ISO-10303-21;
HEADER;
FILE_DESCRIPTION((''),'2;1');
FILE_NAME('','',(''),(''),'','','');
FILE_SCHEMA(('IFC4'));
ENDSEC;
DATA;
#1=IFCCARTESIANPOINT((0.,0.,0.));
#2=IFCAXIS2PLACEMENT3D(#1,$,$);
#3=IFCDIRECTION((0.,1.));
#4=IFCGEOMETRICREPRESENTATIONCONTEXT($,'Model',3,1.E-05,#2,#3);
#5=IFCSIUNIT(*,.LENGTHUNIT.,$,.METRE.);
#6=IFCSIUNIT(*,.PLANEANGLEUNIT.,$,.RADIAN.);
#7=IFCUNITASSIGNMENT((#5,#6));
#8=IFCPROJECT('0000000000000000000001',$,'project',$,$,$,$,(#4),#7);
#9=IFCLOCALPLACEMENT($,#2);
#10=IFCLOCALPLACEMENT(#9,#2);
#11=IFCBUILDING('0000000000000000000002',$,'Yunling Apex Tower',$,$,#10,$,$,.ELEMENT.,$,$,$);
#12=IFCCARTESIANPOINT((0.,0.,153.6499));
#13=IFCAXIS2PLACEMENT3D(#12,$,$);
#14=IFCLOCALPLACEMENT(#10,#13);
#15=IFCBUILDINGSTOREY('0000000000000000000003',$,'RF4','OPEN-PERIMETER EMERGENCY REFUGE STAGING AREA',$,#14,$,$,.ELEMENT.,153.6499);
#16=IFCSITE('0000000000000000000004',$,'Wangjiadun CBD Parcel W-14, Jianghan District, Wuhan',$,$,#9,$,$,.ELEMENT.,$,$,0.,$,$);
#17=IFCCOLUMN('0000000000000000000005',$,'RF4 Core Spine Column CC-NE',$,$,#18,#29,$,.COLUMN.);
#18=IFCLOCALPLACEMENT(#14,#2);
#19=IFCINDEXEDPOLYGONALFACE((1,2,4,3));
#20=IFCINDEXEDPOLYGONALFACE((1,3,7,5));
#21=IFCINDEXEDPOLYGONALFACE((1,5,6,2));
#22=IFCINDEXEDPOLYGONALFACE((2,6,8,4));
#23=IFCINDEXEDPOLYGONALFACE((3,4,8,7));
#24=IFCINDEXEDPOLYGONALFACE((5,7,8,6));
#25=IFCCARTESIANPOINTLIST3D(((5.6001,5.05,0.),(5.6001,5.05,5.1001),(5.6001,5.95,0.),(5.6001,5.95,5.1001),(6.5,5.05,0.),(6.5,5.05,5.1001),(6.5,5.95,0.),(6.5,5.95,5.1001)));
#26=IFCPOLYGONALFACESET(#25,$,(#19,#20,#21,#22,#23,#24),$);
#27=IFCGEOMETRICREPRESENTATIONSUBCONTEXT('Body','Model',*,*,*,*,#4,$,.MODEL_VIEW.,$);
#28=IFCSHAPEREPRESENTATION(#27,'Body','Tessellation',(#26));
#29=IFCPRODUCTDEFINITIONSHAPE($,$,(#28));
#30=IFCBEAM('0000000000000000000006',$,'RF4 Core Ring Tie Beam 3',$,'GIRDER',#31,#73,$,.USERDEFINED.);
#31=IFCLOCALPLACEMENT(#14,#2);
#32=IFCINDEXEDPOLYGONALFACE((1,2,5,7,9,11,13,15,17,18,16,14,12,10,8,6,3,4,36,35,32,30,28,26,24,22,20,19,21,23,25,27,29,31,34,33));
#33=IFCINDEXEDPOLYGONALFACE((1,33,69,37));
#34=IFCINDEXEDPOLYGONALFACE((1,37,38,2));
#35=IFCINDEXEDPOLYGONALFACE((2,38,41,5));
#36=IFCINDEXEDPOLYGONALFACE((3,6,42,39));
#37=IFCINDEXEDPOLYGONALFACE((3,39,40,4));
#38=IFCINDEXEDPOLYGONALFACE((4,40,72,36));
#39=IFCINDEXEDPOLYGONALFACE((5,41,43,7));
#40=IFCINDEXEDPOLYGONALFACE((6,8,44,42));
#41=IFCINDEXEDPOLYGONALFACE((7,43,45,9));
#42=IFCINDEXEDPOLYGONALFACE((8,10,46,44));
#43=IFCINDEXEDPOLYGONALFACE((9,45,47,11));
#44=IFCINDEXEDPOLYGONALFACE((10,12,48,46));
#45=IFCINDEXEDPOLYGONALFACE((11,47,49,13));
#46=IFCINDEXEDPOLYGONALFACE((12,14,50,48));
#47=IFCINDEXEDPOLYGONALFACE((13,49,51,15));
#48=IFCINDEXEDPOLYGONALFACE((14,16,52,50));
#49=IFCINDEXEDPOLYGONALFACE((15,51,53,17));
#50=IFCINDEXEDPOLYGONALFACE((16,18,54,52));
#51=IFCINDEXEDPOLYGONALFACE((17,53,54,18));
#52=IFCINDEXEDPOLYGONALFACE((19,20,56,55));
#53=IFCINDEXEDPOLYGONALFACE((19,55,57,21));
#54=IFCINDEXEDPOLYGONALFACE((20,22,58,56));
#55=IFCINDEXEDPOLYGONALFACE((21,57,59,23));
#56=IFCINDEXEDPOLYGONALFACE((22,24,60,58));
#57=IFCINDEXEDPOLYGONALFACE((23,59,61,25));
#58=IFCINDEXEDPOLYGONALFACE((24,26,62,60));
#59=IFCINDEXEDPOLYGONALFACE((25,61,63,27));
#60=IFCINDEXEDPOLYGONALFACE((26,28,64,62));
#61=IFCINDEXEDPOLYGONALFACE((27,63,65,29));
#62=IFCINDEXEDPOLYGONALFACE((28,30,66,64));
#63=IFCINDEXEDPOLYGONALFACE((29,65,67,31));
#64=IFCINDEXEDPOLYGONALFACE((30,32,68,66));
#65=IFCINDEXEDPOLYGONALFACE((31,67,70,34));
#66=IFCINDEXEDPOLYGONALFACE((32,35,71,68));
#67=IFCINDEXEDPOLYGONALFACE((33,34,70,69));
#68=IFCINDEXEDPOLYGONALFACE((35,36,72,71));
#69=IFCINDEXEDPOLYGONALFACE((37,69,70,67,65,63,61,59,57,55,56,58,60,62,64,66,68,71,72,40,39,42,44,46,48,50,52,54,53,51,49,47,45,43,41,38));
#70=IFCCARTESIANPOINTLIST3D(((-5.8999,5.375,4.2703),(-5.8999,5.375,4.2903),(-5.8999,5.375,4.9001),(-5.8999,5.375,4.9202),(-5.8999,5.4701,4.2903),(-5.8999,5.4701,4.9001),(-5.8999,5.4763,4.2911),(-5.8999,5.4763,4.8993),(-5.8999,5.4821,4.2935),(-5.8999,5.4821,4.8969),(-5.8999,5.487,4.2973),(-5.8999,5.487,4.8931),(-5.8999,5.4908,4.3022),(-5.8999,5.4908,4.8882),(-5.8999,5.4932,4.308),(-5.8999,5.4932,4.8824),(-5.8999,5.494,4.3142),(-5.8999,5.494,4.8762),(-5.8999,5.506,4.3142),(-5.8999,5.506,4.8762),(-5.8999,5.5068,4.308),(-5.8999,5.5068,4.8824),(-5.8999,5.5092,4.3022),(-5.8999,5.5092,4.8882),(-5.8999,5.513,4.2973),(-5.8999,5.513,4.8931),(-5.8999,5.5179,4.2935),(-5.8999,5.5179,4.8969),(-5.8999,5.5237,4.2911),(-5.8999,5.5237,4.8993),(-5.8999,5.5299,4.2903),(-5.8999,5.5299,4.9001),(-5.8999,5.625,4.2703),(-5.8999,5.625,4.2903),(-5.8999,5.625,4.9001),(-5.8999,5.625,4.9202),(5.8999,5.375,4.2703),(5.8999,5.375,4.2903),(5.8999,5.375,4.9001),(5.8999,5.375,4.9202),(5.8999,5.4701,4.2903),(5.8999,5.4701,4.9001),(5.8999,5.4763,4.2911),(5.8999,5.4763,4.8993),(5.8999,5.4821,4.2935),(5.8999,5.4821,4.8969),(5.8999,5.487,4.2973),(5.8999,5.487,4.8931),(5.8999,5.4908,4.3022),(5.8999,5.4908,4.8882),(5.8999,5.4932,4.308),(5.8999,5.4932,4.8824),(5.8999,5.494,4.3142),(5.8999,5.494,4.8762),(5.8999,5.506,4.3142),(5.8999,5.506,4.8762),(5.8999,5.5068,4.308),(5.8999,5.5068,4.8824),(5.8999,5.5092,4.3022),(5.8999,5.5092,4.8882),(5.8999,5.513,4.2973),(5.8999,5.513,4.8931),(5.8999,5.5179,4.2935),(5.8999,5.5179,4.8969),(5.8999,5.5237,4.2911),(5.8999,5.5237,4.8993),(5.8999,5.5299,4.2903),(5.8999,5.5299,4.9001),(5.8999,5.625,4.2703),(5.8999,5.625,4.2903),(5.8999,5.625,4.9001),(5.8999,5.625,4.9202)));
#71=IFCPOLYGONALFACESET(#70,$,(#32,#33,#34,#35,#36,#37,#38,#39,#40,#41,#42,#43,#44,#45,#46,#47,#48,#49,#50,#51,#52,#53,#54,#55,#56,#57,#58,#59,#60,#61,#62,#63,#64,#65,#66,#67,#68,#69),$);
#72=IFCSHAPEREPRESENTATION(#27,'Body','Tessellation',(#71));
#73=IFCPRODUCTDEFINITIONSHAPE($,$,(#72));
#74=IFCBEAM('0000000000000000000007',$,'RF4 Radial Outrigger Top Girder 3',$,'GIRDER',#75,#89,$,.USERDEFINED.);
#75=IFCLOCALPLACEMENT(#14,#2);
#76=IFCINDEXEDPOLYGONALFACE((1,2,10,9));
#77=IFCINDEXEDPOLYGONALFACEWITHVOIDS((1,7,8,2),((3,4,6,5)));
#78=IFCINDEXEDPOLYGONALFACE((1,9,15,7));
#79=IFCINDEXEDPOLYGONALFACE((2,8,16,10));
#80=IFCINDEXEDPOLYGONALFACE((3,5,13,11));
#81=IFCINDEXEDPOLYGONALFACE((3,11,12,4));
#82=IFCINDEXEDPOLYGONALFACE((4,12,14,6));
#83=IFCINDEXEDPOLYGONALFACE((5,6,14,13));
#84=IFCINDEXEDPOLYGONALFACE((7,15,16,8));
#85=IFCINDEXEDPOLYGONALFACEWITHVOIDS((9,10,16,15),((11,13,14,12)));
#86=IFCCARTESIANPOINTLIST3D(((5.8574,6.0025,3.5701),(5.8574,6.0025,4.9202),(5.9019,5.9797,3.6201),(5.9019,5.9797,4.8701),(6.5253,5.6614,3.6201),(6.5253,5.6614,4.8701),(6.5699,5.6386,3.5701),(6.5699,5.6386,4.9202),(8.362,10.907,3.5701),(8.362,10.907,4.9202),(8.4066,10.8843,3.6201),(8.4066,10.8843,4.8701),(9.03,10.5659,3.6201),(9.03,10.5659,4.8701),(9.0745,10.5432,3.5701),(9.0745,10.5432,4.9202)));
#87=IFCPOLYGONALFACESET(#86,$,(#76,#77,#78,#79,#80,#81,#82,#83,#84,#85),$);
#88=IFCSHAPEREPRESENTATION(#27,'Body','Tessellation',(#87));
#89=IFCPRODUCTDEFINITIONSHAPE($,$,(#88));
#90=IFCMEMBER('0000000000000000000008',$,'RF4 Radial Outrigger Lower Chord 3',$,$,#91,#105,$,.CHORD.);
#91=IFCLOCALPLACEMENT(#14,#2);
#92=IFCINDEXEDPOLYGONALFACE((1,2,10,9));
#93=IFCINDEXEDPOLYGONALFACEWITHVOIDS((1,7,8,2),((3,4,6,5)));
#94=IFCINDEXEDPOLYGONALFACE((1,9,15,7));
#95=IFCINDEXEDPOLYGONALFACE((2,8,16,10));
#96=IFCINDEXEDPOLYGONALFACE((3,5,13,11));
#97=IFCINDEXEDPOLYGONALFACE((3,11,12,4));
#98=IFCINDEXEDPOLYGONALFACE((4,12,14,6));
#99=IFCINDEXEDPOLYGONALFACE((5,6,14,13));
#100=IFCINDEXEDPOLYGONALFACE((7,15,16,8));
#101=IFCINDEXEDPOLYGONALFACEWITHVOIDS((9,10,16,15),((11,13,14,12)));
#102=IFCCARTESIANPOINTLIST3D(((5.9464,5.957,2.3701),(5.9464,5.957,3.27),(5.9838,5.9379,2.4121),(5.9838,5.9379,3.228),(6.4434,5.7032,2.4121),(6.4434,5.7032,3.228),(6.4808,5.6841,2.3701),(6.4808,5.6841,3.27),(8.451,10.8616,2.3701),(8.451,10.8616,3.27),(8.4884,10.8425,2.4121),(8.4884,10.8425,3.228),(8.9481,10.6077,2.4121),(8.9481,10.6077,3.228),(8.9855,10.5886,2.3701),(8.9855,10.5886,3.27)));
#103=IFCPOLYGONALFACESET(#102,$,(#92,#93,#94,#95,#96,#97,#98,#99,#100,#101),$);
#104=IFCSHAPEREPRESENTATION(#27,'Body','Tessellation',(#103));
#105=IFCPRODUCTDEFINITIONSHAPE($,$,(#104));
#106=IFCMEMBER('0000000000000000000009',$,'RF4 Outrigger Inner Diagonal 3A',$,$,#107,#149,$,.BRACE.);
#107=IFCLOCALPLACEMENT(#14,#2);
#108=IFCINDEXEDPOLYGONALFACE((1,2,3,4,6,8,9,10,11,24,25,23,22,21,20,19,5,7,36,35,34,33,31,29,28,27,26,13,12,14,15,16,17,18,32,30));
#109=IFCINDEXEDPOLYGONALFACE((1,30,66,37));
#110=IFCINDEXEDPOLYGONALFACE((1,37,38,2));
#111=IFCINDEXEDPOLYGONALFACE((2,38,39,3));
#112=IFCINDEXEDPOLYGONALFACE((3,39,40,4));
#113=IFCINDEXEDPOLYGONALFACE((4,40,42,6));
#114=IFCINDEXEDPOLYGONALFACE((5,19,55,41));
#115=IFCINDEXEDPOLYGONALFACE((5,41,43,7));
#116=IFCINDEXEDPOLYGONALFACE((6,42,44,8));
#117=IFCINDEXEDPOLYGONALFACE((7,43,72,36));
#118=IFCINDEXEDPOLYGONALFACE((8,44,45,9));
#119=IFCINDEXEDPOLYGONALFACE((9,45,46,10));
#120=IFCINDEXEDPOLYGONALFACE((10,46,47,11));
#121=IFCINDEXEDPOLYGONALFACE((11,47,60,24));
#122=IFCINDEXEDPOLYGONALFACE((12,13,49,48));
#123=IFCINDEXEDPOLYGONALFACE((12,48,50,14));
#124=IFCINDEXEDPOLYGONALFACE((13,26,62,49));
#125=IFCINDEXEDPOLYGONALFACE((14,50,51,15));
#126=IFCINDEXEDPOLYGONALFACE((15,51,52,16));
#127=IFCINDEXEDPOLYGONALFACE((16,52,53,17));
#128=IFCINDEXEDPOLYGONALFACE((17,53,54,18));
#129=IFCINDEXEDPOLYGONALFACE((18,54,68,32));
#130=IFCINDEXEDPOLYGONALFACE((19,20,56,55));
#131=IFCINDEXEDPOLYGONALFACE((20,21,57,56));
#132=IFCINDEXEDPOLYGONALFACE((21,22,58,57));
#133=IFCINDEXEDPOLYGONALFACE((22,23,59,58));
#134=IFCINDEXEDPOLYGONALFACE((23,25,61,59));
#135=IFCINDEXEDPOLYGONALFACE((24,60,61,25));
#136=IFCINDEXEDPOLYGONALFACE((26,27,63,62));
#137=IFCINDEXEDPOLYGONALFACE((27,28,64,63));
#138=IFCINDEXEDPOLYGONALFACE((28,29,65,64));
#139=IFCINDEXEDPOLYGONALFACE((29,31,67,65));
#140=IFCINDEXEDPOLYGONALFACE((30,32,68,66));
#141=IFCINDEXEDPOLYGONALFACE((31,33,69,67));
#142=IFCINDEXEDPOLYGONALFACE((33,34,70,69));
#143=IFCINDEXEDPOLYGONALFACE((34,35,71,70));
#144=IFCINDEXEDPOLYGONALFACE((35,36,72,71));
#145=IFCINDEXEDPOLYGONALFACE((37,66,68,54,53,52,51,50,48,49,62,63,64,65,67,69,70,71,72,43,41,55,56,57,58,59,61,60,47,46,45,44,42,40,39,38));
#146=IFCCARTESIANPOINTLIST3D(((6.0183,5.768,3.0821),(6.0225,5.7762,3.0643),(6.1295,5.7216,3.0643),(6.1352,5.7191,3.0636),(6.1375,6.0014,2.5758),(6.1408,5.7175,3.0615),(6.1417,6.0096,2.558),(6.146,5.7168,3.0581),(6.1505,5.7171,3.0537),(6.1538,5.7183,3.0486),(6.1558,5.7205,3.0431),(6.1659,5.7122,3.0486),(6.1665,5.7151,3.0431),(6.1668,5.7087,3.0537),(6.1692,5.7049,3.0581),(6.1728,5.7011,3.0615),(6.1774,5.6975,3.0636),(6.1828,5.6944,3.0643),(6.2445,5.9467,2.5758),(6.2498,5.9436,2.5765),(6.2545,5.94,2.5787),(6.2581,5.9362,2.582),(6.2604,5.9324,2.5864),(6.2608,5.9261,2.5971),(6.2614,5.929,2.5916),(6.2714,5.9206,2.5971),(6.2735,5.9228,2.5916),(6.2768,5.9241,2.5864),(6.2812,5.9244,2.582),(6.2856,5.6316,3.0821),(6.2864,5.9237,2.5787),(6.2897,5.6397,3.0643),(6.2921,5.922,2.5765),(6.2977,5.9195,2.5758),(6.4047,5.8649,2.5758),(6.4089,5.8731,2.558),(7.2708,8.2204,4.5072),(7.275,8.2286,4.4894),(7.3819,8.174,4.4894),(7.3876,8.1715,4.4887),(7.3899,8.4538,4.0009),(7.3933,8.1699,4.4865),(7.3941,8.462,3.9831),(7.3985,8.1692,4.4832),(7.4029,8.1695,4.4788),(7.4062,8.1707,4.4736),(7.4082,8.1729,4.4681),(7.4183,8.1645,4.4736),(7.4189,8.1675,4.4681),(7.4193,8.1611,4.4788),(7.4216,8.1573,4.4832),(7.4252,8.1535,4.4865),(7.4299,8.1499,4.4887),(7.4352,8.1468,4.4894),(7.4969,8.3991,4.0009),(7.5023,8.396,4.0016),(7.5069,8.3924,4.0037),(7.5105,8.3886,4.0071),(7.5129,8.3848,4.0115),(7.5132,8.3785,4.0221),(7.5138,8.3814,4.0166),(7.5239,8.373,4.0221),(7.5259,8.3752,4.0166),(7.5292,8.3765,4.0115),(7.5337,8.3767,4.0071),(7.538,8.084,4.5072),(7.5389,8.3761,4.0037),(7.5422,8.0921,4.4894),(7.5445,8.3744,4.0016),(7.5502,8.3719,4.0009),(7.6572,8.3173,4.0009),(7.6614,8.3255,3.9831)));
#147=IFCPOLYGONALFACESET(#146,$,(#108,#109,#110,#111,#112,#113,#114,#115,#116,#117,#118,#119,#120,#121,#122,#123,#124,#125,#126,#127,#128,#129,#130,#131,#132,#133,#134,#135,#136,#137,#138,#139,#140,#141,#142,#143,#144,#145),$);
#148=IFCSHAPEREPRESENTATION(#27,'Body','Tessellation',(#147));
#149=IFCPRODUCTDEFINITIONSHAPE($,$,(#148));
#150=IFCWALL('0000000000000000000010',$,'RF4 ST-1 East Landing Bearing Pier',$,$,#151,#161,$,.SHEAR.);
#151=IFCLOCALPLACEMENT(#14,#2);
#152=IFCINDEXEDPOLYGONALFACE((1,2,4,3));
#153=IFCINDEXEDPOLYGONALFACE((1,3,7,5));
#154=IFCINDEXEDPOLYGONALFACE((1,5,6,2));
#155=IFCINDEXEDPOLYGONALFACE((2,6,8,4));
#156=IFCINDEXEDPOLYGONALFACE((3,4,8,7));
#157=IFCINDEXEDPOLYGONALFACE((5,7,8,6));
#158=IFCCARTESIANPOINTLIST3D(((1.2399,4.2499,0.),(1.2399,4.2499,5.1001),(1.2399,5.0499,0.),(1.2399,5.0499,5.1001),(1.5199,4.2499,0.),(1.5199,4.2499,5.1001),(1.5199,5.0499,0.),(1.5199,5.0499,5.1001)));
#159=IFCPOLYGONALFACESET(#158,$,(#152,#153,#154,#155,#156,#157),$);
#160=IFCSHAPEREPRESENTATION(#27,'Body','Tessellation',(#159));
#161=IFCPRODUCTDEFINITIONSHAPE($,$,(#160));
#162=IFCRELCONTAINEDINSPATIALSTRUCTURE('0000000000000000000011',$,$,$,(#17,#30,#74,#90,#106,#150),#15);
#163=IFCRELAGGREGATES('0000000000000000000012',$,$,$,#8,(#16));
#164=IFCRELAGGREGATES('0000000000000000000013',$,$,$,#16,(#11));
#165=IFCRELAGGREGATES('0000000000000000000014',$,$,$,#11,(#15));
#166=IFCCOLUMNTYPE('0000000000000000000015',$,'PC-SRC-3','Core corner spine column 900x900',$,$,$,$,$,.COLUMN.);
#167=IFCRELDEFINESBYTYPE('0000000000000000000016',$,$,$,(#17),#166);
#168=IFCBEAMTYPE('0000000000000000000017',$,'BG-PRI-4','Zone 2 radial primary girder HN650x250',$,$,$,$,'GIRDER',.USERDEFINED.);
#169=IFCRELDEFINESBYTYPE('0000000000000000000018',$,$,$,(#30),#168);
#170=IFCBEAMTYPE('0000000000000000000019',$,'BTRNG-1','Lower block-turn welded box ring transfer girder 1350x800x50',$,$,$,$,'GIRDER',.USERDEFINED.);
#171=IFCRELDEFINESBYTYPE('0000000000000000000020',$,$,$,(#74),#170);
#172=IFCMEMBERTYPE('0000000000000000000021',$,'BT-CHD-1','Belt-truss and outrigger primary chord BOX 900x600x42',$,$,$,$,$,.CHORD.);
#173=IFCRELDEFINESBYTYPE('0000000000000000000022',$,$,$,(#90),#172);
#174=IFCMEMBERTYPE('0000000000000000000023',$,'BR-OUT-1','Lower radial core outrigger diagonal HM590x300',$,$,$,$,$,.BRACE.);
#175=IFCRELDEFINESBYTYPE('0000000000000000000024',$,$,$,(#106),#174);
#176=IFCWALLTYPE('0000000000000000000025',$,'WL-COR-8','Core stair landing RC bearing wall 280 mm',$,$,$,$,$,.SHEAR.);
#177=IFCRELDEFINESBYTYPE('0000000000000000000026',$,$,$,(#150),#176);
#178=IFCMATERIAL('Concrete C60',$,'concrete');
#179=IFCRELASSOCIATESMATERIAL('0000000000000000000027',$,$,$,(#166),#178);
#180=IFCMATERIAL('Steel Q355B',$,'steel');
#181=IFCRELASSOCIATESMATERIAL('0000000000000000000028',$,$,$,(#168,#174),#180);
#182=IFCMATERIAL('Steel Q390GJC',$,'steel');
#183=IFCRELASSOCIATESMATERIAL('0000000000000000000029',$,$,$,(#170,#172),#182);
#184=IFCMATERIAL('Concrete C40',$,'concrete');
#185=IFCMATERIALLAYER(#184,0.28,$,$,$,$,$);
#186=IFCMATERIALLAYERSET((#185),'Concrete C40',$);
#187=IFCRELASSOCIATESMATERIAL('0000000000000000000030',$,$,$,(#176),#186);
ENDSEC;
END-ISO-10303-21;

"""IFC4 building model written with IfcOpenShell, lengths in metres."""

from ifc_helpers import new_model, si_unit, direction, frame, frame_2d, origin, origin_2d, place, context, subcontext, project, spatial, rectangle, hollow_rectangle, i_section, extrude, source, transform, mapped, material, layer, layer_set, material_profile, profile_set, type_object, element, save


model = new_model("IFC4")

# Units and contexts
model_context = context("Model", 3, precision=1e-05, world=origin(), true_north=direction((0.0, 1.0)))
body_context = subcontext(model_context, "Body", "Model", "MODEL_VIEW")
ifc_project = project(units=[si_unit("LENGTHUNIT", "METRE"), si_unit("PLANEANGLEUNIT", "RADIAN")], contexts=[model_context])

# Site, building, storey
site_placement = place(None, origin())
site = spatial("IfcSite", under=ifc_project, at=site_placement, Name="Wangjiadun CBD Parcel W-14, Jianghan District, Wuhan", CompositionType="ELEMENT", RefElevation=0.0)
building_placement = place(site_placement, origin())
building = spatial("IfcBuilding", under=site, at=building_placement, Name="Yunling Apex Tower", CompositionType="ELEMENT")
storey_placement = place(building_placement, frame((0.0, 0.0, 153.6499)))
storey = spatial("IfcBuildingStorey", under=building, at=storey_placement, Name="RF4", Description="OPEN-PERIMETER EMERGENCY REFUGE STAGING AREA", CompositionType="ELEMENT", Elevation=153.6499)

# Column
ifc_material_1 = material(Name="Concrete C60", Category="concrete")
ifc_material_profile_1 = material_profile(ifc_material_1, rectangle(XDim=0.8999, YDim=0.8999, at=origin_2d()))
ifc_profile_set_1 = profile_set([ifc_material_profile_1], Name="Concrete C60")
column_type = type_object("IfcColumnType", Name="PC-SRC-3", Description="Core corner spine column 900x900", PredefinedType="COLUMN", material=ifc_profile_set_1)
shared_shape_1 = source(origin(), body_context, "Body", "SweptSolid", [
    extrude(rectangle(XDim=0.8999, YDim=0.8999, at=origin_2d()), origin(), (0.0, 0.0, 1.0), 5.1001),
])
column_placement = place(storey_placement, frame((6.05, 5.5, 0.0), z_axis=(0.0, 0.0, 1.0), x_axis=(1.0, 0.0, 0.0)))
element("IfcColumn", 1, at=column_placement, inside=storey, type_object=column_type, Name="RF4 Core Spine Column CC-NE", PredefinedType="COLUMN", context=body_context, shape_type="MappedRepresentation", body=[
    mapped(shared_shape_1, transform((0.0, 0.0, 0.0), scale=1.0)),
])

# Beams
ifc_material_2 = material(Name="Steel Q355B", Category="steel")
ifc_material_profile_2 = material_profile(ifc_material_2, i_section(OverallWidth=0.25, OverallDepth=0.6499, WebThickness=0.012, FlangeThickness=0.02, FilletRadius=0.0239, at=origin_2d()))
ifc_profile_set_2 = profile_set([ifc_material_profile_2], Name="Steel Q355B")
beam_type_1 = type_object("IfcBeamType", Name="BG-PRI-4", Description="Zone 2 radial primary girder HN650x250", ElementType="GIRDER", PredefinedType="USERDEFINED", material=ifc_profile_set_2)
shared_shape_2 = source(origin(), body_context, "Body", "SweptSolid", [
    extrude(i_section(OverallWidth=0.25, OverallDepth=0.6499, WebThickness=0.012, FlangeThickness=0.02, FilletRadius=0.0239, at=origin_2d()), origin(), (0.0, 0.0, 1.0), 11.7998),
])
beam_1_placement = place(storey_placement, frame((5.8999, 5.5, 4.5952), z_axis=(-1.0, 0.0, 0.0), x_axis=(0.0, -1.0, 0.0)))
element("IfcBeam", 2, at=beam_1_placement, inside=storey, type_object=beam_type_1, Name="RF4 Core Ring Tie Beam 3", ObjectType="GIRDER", PredefinedType="USERDEFINED", context=body_context, shape_type="MappedRepresentation", body=[
    mapped(shared_shape_2, transform((0.0, 0.0, 0.0), scale=1.0)),
])
ifc_material_3 = material(Name="Steel Q390GJC", Category="steel")
ifc_material_profile_3 = material_profile(ifc_material_3, hollow_rectangle(XDim=0.8, YDim=1.3501, WallThickness=0.05, at=origin_2d()))
ifc_profile_set_3 = profile_set([ifc_material_profile_3], Name="Steel Q390GJC")
beam_type_2 = type_object("IfcBeamType", Name="BTRNG-1", Description="Lower block-turn welded box ring transfer girder 1350x800x50", ElementType="GIRDER", PredefinedType="USERDEFINED", material=ifc_profile_set_3)
shared_shape_3 = source(origin(), body_context, "Body", "SweptSolid", [
    extrude(hollow_rectangle(XDim=0.8, YDim=1.3501, WallThickness=0.05, at=origin_2d()), origin(), (0.0, 0.0, 1.0), 5.5071),
])
beam_2_placement = place(storey_placement, frame((6.2136, 5.8206, 4.2451), z_axis=(0.454805, 0.890591, 0.0), x_axis=(-0.890591, 0.454805, 0.0)))
element("IfcBeam", 3, at=beam_2_placement, inside=storey, type_object=beam_type_2, Name="RF4 Radial Outrigger Top Girder 3", ObjectType="GIRDER", PredefinedType="USERDEFINED", context=body_context, shape_type="MappedRepresentation", body=[
    mapped(shared_shape_3, transform((0.0, 0.0, 0.0), scale=1.0)),
])

# Members
ifc_material_profile_4 = material_profile(ifc_material_3, hollow_rectangle(XDim=0.6001, YDim=0.8999, WallThickness=0.042, at=origin_2d()))
ifc_profile_set_4 = profile_set([ifc_material_profile_4], Name="Steel Q390GJC")
member_type_1 = type_object("IfcMemberType", Name="BT-CHD-1", Description="Belt-truss and outrigger primary chord BOX 900x600x42", PredefinedType="CHORD", material=ifc_profile_set_4)
shared_shape_4 = source(origin(), body_context, "Body", "SweptSolid", [
    extrude(hollow_rectangle(XDim=0.6001, YDim=0.8999, WallThickness=0.042, at=origin_2d()), origin(), (0.0, 0.0, 1.0), 5.5071),
])
member_1_placement = place(storey_placement, frame((6.2136, 5.8206, 2.8201), z_axis=(0.454805, 0.890591, 0.0), x_axis=(-0.890591, 0.454805, 0.0)))
element("IfcMember", 4, at=member_1_placement, inside=storey, type_object=member_type_1, Name="RF4 Radial Outrigger Lower Chord 3", PredefinedType="CHORD", context=body_context, shape_type="MappedRepresentation", body=[
    mapped(shared_shape_4, transform((0.0, 0.0, 0.0), scale=1.0)),
])
ifc_material_profile_5 = material_profile(ifc_material_2, i_section(OverallWidth=0.3, OverallDepth=0.5901, WebThickness=0.012, FlangeThickness=0.02, FilletRadius=0.0239, at=origin_2d()))
ifc_profile_set_5 = profile_set([ifc_material_profile_5], Name="Steel Q355B")
member_type_2 = type_object("IfcMemberType", Name="BR-OUT-1", Description="Lower radial core outrigger diagonal HM590x300", PredefinedType="BRACE", material=ifc_profile_set_5)
shared_shape_5 = source(origin(), body_context, "Body", "SweptSolid", [
    extrude(i_section(OverallWidth=0.3, OverallDepth=0.5901, WebThickness=0.012, FlangeThickness=0.02, FilletRadius=0.0239, at=origin_2d()), origin(), (0.0, 0.0, 1.0), 3.1006),
])
member_2_placement = place(storey_placement, frame((6.2136, 5.8206, 2.8201), z_axis=(0.403938, 0.790946, 0.459607), x_axis=(-0.890582, 0.454822, 0.0)))
element("IfcMember", 5, at=member_2_placement, inside=storey, type_object=member_type_2, Name="RF4 Outrigger Inner Diagonal 3A", PredefinedType="BRACE", context=body_context, shape_type="MappedRepresentation", body=[
    mapped(shared_shape_5, transform((0.0, 0.0, 0.0), scale=1.0)),
])

# Wall
ifc_material_4 = material(Name="Concrete C40", Category="concrete")
ifc_layer_1 = layer(ifc_material_4, 0.28)
ifc_layer_set_1 = layer_set([ifc_layer_1], Name="Concrete C40")
wall_type_1 = type_object("IfcWallType", Name="WL-COR-8", Description="Core stair landing RC bearing wall 280 mm", PredefinedType="SHEAR", material=ifc_layer_set_1)
wall_1_placement = place(storey_placement, frame((1.3799, 4.25, 0.0), z_axis=(0.0, 0.0, 1.0), x_axis=(0.0, 1.0, 0.0)))
element("IfcWall", 6, at=wall_1_placement, inside=storey, type_object=wall_type_1, Name="RF4 ST-1 East Landing Bearing Pier", PredefinedType="SHEAR", context=body_context, shape_type="SweptSolid", body=[
    extrude(rectangle(XDim=0.8, YDim=0.28, at=frame_2d((0.3999, 0.0))), origin(), (0.0, 0.0, 1.0), 5.1001),
])

save(model, "model.ifc")
